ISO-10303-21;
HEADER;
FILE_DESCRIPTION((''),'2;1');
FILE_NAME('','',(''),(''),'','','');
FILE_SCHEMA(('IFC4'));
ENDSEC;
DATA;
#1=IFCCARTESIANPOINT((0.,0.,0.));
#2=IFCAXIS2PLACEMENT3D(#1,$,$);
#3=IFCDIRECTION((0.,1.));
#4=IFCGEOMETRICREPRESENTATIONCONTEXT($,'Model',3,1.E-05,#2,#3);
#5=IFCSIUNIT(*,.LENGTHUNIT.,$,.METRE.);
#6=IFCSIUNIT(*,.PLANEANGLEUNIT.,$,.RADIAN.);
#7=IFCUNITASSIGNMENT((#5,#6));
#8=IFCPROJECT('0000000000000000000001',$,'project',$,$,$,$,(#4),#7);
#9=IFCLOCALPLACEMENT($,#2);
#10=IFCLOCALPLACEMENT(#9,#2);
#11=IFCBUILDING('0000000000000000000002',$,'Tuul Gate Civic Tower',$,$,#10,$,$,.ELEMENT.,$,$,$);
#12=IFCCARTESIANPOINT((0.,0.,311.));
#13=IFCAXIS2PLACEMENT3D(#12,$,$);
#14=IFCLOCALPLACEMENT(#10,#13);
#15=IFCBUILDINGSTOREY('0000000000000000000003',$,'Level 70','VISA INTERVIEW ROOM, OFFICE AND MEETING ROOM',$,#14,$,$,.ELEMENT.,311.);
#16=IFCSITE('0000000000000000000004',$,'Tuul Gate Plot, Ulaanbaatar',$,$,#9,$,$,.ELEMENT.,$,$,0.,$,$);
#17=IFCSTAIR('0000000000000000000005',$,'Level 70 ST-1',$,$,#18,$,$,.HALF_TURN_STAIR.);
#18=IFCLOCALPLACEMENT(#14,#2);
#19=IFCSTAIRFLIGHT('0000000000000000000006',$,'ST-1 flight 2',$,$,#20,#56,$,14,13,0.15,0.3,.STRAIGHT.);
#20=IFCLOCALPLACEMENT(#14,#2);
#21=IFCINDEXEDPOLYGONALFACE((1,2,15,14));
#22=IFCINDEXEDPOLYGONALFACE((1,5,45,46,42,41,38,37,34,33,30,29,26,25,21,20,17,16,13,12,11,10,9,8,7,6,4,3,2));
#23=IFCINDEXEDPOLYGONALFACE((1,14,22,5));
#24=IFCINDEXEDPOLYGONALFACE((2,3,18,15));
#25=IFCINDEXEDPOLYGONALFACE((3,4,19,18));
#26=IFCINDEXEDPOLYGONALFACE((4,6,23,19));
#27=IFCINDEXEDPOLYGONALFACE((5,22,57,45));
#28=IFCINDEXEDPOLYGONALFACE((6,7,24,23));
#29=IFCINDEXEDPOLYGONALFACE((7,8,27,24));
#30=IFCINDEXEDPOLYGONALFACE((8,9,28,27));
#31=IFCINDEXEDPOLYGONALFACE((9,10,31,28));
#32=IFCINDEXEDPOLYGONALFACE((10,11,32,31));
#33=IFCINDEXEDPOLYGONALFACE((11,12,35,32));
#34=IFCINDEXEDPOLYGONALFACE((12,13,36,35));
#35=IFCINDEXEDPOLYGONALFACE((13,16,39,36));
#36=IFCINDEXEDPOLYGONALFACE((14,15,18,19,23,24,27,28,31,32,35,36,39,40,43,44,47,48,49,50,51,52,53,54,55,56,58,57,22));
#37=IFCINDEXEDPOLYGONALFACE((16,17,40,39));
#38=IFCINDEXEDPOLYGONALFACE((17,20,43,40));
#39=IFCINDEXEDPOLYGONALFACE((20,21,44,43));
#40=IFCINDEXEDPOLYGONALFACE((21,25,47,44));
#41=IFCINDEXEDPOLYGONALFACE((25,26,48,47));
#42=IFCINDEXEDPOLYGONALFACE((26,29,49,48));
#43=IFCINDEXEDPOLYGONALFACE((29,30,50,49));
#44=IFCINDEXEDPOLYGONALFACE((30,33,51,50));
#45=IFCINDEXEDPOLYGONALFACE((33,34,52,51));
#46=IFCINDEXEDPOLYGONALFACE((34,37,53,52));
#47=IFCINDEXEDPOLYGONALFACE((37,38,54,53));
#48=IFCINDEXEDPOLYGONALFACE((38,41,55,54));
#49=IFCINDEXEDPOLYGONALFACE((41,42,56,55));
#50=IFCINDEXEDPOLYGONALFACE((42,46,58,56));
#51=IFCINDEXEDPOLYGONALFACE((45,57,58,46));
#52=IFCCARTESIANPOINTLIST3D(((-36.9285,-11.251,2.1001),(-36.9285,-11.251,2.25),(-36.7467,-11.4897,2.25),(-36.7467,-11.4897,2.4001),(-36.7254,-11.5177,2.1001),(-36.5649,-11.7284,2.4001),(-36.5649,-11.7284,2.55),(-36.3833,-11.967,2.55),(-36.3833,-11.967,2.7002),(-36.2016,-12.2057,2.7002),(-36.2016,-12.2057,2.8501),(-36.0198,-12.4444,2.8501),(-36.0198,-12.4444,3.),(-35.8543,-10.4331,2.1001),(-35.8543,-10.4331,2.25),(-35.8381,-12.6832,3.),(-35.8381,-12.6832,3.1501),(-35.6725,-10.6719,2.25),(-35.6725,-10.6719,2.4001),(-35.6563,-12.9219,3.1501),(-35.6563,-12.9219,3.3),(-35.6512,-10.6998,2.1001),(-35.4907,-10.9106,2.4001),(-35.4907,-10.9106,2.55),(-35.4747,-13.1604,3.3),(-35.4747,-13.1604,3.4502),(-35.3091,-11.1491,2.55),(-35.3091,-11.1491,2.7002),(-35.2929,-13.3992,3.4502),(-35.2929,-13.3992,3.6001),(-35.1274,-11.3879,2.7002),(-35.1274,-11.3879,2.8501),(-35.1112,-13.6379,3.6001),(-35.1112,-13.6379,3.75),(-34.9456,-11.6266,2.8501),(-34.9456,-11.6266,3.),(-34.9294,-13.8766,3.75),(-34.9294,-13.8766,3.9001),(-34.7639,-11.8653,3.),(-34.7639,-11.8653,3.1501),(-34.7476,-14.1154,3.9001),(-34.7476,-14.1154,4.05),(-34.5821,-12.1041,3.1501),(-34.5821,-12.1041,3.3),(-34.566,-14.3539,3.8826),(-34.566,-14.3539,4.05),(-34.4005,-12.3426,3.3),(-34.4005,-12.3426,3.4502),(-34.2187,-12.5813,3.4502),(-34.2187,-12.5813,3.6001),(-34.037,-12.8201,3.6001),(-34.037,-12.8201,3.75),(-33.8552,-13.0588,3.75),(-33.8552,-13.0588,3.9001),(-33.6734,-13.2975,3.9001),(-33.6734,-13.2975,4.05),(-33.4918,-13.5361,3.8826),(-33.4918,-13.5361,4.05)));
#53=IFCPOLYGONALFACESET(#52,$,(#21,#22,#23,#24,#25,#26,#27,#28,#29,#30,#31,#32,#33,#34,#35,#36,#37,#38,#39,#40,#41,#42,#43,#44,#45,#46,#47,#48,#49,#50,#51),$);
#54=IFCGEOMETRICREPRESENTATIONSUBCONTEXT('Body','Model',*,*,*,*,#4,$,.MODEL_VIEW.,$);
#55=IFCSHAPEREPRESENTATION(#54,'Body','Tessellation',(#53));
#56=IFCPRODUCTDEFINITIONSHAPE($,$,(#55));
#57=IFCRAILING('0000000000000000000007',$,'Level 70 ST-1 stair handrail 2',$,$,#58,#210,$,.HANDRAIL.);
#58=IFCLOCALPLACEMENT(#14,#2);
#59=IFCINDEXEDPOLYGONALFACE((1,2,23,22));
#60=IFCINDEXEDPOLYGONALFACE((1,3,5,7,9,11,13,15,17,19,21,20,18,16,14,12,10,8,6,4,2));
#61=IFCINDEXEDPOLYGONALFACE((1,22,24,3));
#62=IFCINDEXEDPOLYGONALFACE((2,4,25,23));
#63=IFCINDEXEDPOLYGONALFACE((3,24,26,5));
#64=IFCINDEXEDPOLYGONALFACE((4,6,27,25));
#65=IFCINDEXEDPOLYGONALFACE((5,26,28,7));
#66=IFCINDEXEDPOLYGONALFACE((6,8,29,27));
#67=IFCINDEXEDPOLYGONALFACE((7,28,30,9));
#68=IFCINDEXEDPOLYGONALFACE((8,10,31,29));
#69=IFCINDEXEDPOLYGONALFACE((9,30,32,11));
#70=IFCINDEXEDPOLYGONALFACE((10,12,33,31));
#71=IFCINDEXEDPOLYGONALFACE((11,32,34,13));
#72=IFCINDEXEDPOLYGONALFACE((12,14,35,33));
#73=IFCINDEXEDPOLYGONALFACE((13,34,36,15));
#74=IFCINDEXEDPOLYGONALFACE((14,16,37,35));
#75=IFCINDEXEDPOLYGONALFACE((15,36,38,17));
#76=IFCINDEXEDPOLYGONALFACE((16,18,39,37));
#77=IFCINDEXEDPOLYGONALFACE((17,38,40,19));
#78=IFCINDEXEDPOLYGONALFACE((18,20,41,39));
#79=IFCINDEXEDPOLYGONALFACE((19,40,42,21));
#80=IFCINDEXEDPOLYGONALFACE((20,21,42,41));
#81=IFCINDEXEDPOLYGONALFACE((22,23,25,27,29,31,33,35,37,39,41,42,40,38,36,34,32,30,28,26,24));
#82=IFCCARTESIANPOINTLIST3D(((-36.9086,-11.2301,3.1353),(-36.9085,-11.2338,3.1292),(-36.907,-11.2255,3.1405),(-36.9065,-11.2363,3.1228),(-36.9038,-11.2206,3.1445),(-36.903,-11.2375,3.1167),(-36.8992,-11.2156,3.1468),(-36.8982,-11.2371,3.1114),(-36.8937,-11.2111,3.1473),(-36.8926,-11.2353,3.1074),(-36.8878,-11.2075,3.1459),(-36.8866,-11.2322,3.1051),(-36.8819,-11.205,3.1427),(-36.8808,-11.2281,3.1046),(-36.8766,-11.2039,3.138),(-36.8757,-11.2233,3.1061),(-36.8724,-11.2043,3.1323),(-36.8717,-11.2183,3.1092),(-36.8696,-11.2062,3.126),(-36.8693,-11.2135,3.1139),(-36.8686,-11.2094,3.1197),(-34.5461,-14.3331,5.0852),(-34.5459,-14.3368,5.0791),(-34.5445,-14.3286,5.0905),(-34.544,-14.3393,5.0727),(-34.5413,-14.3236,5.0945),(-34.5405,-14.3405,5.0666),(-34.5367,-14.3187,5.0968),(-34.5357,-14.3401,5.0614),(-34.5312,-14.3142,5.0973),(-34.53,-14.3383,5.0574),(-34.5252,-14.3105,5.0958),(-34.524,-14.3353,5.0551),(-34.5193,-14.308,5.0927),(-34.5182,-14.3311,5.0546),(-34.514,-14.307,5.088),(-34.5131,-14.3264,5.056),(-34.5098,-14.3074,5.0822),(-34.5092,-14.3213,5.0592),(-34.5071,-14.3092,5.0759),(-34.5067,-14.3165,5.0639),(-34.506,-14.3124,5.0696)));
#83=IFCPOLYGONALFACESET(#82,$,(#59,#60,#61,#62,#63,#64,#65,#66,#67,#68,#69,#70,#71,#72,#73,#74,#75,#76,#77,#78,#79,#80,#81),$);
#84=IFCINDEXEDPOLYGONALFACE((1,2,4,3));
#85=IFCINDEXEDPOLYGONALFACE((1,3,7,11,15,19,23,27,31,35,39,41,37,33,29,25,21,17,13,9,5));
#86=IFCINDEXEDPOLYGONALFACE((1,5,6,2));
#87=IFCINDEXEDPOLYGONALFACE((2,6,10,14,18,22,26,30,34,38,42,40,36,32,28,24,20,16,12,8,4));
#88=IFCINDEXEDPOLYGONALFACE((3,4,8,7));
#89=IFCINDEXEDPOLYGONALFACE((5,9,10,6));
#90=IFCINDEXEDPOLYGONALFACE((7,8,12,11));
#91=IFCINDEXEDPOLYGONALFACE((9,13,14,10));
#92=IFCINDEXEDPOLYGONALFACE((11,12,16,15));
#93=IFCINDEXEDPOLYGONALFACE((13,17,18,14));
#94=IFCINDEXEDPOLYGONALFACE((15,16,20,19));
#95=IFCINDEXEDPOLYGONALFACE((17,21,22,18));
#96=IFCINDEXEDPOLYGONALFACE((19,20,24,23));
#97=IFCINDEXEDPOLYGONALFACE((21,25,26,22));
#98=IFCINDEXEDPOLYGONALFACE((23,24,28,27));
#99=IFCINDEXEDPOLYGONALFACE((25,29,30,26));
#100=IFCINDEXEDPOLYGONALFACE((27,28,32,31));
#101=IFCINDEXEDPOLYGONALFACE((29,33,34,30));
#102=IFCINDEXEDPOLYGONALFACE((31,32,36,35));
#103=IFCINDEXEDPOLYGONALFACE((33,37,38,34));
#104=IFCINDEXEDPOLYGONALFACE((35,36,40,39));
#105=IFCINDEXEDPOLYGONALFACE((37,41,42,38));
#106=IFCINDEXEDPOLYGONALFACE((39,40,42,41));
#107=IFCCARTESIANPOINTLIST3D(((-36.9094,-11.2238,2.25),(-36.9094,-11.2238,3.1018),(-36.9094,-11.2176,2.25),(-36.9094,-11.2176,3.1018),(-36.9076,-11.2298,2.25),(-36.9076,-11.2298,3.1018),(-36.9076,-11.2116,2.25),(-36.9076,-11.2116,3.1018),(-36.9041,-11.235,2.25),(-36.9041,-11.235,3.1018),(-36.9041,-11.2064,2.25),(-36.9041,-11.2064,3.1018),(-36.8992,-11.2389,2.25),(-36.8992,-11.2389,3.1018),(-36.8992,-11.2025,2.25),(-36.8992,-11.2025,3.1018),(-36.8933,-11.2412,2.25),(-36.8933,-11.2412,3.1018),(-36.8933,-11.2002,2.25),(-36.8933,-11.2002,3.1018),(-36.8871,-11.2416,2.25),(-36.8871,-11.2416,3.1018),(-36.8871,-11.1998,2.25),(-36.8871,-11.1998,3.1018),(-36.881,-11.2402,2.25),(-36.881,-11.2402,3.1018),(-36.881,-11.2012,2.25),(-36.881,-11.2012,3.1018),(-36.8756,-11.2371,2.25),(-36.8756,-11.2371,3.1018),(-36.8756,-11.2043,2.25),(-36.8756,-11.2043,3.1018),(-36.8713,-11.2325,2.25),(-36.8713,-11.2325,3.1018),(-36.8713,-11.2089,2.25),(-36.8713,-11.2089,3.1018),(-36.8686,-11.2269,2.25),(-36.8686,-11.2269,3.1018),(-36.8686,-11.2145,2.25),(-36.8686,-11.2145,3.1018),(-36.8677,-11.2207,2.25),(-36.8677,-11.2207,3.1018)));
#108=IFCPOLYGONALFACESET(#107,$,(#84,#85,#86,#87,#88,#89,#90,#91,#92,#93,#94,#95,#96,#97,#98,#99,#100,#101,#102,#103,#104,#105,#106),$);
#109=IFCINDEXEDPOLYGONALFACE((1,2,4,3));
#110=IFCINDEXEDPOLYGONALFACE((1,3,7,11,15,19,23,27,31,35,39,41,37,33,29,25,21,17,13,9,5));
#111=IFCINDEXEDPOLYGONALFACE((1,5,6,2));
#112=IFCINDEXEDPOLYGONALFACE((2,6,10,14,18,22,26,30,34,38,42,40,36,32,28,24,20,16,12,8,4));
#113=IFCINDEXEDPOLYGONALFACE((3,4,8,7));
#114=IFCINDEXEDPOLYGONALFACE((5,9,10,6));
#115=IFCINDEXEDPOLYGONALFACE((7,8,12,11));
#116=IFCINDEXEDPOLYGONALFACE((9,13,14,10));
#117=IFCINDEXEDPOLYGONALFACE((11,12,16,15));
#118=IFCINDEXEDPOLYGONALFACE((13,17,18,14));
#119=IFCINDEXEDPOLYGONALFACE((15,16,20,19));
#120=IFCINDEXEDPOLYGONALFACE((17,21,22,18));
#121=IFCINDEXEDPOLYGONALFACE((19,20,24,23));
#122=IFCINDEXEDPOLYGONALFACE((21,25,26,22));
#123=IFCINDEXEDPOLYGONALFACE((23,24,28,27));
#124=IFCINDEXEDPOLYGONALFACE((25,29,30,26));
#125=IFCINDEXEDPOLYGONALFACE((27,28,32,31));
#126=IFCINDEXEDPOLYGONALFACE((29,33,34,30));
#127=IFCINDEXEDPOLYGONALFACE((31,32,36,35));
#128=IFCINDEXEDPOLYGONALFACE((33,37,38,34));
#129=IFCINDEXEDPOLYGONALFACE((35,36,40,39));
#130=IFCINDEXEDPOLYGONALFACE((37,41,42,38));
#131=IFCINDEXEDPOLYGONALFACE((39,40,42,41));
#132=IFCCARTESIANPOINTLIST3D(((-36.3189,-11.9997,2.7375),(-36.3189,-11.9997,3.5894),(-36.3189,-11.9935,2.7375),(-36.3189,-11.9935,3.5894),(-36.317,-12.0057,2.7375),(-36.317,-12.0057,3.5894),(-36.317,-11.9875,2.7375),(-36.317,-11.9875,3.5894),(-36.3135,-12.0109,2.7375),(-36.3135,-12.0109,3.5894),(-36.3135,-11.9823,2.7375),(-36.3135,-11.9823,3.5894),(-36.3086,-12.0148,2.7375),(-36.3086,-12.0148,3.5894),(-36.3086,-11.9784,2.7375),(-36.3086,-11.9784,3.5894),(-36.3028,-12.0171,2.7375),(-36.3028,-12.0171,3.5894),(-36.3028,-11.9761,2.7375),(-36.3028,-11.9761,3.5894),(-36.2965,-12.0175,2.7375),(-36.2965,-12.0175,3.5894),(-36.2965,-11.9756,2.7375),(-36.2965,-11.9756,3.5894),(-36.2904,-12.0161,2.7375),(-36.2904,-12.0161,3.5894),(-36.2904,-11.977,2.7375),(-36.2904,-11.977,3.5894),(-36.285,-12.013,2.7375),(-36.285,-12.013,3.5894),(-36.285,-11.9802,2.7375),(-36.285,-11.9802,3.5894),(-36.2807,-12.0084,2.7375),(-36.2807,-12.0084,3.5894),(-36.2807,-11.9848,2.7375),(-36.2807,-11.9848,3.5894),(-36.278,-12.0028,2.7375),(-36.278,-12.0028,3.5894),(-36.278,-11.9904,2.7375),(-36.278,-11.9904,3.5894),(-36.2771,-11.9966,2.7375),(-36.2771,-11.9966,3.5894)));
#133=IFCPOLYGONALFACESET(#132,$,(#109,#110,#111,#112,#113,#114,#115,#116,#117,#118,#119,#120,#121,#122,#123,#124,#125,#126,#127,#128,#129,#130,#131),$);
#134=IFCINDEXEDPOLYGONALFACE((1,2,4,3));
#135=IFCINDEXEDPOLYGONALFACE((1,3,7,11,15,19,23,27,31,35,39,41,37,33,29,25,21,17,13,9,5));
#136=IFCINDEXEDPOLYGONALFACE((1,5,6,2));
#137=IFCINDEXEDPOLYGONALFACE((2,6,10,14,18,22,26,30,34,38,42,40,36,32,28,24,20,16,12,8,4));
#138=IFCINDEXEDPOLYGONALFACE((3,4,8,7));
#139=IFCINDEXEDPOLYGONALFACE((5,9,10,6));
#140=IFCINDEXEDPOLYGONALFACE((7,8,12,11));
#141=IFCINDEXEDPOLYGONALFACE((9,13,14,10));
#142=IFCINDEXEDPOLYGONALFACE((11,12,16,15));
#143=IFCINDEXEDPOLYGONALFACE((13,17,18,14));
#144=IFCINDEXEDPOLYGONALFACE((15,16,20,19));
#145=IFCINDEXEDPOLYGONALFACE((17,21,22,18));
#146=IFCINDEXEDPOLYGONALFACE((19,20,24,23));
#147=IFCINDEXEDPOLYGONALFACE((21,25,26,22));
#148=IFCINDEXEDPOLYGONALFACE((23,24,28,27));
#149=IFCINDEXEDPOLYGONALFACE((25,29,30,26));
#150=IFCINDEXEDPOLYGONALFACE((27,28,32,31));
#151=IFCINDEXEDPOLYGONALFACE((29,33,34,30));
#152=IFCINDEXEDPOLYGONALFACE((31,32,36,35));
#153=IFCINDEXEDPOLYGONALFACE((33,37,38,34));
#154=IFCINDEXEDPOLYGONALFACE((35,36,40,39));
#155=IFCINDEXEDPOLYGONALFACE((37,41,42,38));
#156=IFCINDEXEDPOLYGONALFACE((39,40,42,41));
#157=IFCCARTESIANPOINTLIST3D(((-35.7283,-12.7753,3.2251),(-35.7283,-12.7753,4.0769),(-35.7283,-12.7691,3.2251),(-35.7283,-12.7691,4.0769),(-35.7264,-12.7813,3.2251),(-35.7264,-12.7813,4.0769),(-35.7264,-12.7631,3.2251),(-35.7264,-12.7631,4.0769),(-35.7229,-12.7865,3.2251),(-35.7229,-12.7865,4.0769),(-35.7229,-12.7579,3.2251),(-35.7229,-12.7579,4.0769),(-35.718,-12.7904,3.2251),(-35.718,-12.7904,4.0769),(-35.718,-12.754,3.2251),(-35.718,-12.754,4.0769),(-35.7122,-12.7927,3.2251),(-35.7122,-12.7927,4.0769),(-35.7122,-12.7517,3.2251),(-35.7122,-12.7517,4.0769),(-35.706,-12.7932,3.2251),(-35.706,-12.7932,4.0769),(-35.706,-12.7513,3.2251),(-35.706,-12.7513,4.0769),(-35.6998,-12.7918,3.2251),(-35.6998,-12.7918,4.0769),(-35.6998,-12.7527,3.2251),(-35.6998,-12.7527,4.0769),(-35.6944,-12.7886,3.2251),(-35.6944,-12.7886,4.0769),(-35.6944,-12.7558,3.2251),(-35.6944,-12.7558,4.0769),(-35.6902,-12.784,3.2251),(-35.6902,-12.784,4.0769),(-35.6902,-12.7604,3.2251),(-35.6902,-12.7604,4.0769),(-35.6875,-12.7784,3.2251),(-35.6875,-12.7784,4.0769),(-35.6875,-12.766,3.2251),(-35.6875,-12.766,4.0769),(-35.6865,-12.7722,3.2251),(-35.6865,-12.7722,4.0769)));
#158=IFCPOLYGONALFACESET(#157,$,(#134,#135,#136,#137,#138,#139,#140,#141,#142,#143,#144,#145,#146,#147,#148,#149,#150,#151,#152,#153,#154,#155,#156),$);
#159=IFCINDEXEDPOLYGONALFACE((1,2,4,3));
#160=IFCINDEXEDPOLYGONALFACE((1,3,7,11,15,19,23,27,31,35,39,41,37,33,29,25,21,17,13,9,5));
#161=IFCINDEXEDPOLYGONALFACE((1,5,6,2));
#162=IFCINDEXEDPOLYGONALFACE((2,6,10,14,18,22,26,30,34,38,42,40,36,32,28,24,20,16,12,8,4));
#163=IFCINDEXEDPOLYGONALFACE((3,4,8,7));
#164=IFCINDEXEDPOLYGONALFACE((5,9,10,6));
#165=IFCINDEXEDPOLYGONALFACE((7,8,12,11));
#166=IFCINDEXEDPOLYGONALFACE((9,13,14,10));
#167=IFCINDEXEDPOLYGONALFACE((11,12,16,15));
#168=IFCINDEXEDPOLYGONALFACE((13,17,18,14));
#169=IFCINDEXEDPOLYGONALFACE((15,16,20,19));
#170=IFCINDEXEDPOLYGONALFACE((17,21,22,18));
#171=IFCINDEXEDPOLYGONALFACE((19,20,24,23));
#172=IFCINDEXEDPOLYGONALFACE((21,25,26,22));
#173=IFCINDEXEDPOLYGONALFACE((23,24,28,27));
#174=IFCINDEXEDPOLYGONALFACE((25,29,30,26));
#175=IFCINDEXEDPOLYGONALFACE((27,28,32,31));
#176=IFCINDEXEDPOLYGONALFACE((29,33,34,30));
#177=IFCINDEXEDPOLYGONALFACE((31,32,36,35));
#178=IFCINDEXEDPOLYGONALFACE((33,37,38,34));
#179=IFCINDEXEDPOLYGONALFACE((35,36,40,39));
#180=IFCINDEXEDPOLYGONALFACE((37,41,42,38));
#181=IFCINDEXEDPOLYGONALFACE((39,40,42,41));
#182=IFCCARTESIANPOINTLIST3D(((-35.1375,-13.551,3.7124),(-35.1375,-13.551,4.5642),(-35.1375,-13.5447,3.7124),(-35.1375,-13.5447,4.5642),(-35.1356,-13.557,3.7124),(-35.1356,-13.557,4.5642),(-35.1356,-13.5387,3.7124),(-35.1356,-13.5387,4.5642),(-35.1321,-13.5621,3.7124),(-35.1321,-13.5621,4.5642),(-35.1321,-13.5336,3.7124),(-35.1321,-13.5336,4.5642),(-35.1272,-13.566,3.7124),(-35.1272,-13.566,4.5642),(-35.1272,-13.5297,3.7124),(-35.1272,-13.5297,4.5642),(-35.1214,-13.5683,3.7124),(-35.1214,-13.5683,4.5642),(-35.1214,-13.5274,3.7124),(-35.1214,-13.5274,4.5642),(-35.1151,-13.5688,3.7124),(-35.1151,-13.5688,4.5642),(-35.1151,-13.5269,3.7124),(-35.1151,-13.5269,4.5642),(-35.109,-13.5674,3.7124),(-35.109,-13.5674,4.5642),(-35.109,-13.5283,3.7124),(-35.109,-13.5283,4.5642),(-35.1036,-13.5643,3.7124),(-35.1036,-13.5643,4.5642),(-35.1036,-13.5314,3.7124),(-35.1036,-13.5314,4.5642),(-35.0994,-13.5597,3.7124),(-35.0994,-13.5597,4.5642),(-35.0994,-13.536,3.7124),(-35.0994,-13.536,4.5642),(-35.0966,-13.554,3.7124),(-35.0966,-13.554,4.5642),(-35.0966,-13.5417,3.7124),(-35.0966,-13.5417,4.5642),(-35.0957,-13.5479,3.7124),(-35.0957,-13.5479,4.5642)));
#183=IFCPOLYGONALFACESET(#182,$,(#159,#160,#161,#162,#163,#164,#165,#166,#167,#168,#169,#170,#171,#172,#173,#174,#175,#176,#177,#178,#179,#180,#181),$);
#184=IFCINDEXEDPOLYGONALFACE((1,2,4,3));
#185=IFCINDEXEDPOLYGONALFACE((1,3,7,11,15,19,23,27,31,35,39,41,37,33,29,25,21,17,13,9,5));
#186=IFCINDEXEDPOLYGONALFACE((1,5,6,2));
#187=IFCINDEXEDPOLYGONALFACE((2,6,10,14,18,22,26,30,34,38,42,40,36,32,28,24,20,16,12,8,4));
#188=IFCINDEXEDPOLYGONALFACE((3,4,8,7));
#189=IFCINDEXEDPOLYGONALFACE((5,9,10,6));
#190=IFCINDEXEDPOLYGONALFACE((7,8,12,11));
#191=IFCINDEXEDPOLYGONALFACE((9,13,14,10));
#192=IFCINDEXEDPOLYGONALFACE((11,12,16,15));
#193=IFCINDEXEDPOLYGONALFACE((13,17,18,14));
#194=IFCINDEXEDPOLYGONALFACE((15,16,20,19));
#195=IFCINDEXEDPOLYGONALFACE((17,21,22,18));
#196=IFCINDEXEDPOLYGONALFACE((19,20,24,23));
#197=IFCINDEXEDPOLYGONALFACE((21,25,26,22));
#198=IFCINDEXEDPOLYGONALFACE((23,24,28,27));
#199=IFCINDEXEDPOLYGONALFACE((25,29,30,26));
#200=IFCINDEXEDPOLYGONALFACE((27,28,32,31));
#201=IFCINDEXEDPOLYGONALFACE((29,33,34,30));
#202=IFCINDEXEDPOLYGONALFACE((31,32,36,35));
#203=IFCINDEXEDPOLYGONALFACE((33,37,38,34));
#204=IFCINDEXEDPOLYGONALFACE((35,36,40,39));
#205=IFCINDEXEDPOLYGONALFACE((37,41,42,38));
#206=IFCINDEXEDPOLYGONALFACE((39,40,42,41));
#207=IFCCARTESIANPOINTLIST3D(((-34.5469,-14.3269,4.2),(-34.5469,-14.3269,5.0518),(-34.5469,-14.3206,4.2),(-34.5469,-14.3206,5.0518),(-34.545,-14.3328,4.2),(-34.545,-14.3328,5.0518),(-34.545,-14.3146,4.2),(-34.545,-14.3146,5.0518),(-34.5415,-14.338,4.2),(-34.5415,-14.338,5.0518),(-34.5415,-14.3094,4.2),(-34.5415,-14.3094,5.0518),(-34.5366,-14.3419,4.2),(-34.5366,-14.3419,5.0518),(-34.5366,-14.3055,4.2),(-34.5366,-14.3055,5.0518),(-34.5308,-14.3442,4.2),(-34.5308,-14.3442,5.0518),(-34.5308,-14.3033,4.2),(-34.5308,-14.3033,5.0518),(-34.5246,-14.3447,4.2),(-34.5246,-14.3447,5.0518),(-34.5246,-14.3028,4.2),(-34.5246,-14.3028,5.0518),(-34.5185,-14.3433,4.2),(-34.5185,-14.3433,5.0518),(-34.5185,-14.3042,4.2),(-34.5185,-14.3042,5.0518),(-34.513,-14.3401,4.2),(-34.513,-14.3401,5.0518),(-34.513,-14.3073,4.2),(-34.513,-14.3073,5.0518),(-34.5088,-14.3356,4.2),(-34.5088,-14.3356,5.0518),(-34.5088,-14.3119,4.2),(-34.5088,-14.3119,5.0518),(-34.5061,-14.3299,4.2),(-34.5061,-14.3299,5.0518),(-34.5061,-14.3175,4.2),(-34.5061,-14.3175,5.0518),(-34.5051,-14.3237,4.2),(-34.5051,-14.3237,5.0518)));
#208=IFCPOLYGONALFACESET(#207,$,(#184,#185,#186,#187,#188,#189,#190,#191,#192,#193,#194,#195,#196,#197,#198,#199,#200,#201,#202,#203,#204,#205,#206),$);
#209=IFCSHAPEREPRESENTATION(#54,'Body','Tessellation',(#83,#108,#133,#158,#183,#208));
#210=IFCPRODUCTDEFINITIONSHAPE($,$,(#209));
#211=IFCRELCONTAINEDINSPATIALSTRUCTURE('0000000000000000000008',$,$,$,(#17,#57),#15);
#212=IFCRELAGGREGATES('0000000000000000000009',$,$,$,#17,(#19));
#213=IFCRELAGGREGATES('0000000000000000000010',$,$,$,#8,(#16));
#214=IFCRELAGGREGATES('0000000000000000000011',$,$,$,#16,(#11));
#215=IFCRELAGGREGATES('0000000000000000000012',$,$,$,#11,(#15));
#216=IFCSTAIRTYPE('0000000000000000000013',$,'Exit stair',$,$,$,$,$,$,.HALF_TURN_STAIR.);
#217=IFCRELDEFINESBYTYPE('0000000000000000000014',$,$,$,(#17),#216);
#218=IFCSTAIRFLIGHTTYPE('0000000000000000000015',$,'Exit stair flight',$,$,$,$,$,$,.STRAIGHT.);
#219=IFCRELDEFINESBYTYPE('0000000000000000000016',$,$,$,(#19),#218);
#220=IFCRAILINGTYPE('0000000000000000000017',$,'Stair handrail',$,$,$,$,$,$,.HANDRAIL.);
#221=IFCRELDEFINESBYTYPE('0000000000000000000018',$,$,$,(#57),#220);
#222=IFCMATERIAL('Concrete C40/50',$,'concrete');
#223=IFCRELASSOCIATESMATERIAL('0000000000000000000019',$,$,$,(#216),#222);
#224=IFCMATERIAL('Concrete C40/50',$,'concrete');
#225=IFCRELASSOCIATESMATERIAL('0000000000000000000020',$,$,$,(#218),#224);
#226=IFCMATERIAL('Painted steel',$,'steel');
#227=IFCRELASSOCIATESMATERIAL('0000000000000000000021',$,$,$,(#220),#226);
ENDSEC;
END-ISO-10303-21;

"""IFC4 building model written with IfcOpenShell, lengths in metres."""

from ifc_helpers import new_model, si_unit, direction, frame, origin, origin_2d, place, context, subcontext, project, spatial, polyline, circle, outline, extrude, material, type_object, element, aggregate, save


model = new_model("IFC4")

# Units and contexts
model_context = context("Model", 3, precision=1e-05, world=origin(), true_north=direction((0.0, 1.0)))
body_context = subcontext(model_context, "Body", "Model", "MODEL_VIEW")
ifc_project = project(units=[si_unit("LENGTHUNIT", "METRE"), si_unit("PLANEANGLEUNIT", "RADIAN")], contexts=[model_context])

# Site, building, storey
site_placement = place(None, origin())
site = spatial("IfcSite", under=ifc_project, at=site_placement, Name="Tuul Gate Plot, Ulaanbaatar", CompositionType="ELEMENT", RefElevation=0.0)
building_placement = place(site_placement, origin())
building = spatial("IfcBuilding", under=site, at=building_placement, Name="Tuul Gate Civic Tower", CompositionType="ELEMENT")
storey_placement = place(building_placement, frame((0.0, 0.0, 311.0)))
storey = spatial("IfcBuildingStorey", under=building, at=storey_placement, Name="Level 70", Description="VISA INTERVIEW ROOM, OFFICE AND MEETING ROOM", CompositionType="ELEMENT", Elevation=311.0)

# Stair, stair flight
ifc_material_1 = material(Name="Concrete C40/50", Category="concrete")
stair_type = type_object("IfcStairType", Name="Exit stair", PredefinedType="HALF_TURN_STAIR", material=ifc_material_1)
stair_placement = place(storey_placement, origin())
stair = element("IfcStair", 1, at=stair_placement, inside=storey, type_object=stair_type, Name="Level 70 ST-1", PredefinedType="HALF_TURN_STAIR")
ifc_material_2 = material(Name="Concrete C40/50", Category="concrete")
stair_flight_type = type_object("IfcStairFlightType", Name="Exit stair flight", PredefinedType="STRAIGHT", material=ifc_material_2)
stair_flight_placement = place(storey_placement, frame((-36.3914, -10.842, 2.1001), z_axis=(0.0, 0.0, 1.0), x_axis=(0.605764, -0.795644, 0.0)))
stair_flight = element("IfcStairFlight", 2, at=stair_flight_placement, type_object=stair_flight_type, Name="ST-1 flight 2", NumberOfRisers=14, NumberOfTreads=13, PredefinedType="STRAIGHT", RiserHeight=0.15, TreadLength=0.3, context=body_context, shape_type="SweptSolid", body=[
    extrude(outline(polyline([(0.0, 0.0), (0.0, 0.1499), (0.3, 0.1499), (0.3, 0.3), (0.6001, 0.3), (0.6001, 0.45), (0.8999, 0.45), (0.8999, 0.6001), (1.2, 0.6001), (1.2, 0.75), (1.5, 0.75), (1.5, 0.8999), (1.8, 0.8999), (1.8, 1.05), (2.1001, 1.05), (2.1001, 1.2), (2.3999, 1.2), (2.3999, 1.3501), (2.7, 1.3501), (2.7, 1.5), (3.0, 1.5), (3.0, 1.6499), (3.3, 1.6499), (3.3, 1.8), (3.6001, 1.8), (3.6001, 1.95), (3.8999, 1.95), (3.8999, 2.1001), (3.8999, 1.7825), (0.3352, 0.0), (0.0, 0.0)])), frame((0.0, 0.675, 0.0), z_axis=(0.0, -1.0, 0.0), x_axis=(1.0, 0.0, 0.0)), (0.0, 0.0, 1.0), 1.3501),
])
aggregate(stair, [stair_flight])

# Railing
ifc_material_3 = material(Name="Painted steel", Category="steel")
railing_type = type_object("IfcRailingType", Name="Stair handrail", PredefinedType="HANDRAIL", material=ifc_material_3)
railing_placement = place(storey_placement, frame((-36.8887, -11.2207, 2.25)))
element("IfcRailing", 3, at=railing_placement, inside=storey, type_object=railing_type, Name="Level 70 ST-1 stair handrail 2", PredefinedType="HANDRAIL", context=body_context, shape_type="SweptSolid", body=[
    extrude(circle(Radius=0.0239, at=origin_2d()), frame((0.0, 0.0, 0.876), z_axis=(0.541824, -0.711645, 0.4472), x_axis=(0.795637, 0.605773, 0.0)), (0.0, 0.0, 1.0), 4.3604),
    extrude(circle(Radius=0.021, at=origin_2d()), origin(), (0.0, 0.0, 1.0), 0.8518),
    extrude(circle(Radius=0.021, at=origin_2d()), frame((0.5906, -0.7759, 0.4875)), (0.0, 0.0, 1.0), 0.8518),
    extrude(circle(Radius=0.021, at=origin_2d()), frame((1.1812, -1.5515, 0.9751)), (0.0, 0.0, 1.0), 0.8518),
    extrude(circle(Radius=0.021, at=origin_2d()), frame((1.772, -2.3271, 1.4624)), (0.0, 0.0, 1.0), 0.8518),
    extrude(circle(Radius=0.021, at=origin_2d()), frame((2.3625, -3.103, 1.95)), (0.0, 0.0, 1.0), 0.8518),
])

save(model, "model.ifc")
